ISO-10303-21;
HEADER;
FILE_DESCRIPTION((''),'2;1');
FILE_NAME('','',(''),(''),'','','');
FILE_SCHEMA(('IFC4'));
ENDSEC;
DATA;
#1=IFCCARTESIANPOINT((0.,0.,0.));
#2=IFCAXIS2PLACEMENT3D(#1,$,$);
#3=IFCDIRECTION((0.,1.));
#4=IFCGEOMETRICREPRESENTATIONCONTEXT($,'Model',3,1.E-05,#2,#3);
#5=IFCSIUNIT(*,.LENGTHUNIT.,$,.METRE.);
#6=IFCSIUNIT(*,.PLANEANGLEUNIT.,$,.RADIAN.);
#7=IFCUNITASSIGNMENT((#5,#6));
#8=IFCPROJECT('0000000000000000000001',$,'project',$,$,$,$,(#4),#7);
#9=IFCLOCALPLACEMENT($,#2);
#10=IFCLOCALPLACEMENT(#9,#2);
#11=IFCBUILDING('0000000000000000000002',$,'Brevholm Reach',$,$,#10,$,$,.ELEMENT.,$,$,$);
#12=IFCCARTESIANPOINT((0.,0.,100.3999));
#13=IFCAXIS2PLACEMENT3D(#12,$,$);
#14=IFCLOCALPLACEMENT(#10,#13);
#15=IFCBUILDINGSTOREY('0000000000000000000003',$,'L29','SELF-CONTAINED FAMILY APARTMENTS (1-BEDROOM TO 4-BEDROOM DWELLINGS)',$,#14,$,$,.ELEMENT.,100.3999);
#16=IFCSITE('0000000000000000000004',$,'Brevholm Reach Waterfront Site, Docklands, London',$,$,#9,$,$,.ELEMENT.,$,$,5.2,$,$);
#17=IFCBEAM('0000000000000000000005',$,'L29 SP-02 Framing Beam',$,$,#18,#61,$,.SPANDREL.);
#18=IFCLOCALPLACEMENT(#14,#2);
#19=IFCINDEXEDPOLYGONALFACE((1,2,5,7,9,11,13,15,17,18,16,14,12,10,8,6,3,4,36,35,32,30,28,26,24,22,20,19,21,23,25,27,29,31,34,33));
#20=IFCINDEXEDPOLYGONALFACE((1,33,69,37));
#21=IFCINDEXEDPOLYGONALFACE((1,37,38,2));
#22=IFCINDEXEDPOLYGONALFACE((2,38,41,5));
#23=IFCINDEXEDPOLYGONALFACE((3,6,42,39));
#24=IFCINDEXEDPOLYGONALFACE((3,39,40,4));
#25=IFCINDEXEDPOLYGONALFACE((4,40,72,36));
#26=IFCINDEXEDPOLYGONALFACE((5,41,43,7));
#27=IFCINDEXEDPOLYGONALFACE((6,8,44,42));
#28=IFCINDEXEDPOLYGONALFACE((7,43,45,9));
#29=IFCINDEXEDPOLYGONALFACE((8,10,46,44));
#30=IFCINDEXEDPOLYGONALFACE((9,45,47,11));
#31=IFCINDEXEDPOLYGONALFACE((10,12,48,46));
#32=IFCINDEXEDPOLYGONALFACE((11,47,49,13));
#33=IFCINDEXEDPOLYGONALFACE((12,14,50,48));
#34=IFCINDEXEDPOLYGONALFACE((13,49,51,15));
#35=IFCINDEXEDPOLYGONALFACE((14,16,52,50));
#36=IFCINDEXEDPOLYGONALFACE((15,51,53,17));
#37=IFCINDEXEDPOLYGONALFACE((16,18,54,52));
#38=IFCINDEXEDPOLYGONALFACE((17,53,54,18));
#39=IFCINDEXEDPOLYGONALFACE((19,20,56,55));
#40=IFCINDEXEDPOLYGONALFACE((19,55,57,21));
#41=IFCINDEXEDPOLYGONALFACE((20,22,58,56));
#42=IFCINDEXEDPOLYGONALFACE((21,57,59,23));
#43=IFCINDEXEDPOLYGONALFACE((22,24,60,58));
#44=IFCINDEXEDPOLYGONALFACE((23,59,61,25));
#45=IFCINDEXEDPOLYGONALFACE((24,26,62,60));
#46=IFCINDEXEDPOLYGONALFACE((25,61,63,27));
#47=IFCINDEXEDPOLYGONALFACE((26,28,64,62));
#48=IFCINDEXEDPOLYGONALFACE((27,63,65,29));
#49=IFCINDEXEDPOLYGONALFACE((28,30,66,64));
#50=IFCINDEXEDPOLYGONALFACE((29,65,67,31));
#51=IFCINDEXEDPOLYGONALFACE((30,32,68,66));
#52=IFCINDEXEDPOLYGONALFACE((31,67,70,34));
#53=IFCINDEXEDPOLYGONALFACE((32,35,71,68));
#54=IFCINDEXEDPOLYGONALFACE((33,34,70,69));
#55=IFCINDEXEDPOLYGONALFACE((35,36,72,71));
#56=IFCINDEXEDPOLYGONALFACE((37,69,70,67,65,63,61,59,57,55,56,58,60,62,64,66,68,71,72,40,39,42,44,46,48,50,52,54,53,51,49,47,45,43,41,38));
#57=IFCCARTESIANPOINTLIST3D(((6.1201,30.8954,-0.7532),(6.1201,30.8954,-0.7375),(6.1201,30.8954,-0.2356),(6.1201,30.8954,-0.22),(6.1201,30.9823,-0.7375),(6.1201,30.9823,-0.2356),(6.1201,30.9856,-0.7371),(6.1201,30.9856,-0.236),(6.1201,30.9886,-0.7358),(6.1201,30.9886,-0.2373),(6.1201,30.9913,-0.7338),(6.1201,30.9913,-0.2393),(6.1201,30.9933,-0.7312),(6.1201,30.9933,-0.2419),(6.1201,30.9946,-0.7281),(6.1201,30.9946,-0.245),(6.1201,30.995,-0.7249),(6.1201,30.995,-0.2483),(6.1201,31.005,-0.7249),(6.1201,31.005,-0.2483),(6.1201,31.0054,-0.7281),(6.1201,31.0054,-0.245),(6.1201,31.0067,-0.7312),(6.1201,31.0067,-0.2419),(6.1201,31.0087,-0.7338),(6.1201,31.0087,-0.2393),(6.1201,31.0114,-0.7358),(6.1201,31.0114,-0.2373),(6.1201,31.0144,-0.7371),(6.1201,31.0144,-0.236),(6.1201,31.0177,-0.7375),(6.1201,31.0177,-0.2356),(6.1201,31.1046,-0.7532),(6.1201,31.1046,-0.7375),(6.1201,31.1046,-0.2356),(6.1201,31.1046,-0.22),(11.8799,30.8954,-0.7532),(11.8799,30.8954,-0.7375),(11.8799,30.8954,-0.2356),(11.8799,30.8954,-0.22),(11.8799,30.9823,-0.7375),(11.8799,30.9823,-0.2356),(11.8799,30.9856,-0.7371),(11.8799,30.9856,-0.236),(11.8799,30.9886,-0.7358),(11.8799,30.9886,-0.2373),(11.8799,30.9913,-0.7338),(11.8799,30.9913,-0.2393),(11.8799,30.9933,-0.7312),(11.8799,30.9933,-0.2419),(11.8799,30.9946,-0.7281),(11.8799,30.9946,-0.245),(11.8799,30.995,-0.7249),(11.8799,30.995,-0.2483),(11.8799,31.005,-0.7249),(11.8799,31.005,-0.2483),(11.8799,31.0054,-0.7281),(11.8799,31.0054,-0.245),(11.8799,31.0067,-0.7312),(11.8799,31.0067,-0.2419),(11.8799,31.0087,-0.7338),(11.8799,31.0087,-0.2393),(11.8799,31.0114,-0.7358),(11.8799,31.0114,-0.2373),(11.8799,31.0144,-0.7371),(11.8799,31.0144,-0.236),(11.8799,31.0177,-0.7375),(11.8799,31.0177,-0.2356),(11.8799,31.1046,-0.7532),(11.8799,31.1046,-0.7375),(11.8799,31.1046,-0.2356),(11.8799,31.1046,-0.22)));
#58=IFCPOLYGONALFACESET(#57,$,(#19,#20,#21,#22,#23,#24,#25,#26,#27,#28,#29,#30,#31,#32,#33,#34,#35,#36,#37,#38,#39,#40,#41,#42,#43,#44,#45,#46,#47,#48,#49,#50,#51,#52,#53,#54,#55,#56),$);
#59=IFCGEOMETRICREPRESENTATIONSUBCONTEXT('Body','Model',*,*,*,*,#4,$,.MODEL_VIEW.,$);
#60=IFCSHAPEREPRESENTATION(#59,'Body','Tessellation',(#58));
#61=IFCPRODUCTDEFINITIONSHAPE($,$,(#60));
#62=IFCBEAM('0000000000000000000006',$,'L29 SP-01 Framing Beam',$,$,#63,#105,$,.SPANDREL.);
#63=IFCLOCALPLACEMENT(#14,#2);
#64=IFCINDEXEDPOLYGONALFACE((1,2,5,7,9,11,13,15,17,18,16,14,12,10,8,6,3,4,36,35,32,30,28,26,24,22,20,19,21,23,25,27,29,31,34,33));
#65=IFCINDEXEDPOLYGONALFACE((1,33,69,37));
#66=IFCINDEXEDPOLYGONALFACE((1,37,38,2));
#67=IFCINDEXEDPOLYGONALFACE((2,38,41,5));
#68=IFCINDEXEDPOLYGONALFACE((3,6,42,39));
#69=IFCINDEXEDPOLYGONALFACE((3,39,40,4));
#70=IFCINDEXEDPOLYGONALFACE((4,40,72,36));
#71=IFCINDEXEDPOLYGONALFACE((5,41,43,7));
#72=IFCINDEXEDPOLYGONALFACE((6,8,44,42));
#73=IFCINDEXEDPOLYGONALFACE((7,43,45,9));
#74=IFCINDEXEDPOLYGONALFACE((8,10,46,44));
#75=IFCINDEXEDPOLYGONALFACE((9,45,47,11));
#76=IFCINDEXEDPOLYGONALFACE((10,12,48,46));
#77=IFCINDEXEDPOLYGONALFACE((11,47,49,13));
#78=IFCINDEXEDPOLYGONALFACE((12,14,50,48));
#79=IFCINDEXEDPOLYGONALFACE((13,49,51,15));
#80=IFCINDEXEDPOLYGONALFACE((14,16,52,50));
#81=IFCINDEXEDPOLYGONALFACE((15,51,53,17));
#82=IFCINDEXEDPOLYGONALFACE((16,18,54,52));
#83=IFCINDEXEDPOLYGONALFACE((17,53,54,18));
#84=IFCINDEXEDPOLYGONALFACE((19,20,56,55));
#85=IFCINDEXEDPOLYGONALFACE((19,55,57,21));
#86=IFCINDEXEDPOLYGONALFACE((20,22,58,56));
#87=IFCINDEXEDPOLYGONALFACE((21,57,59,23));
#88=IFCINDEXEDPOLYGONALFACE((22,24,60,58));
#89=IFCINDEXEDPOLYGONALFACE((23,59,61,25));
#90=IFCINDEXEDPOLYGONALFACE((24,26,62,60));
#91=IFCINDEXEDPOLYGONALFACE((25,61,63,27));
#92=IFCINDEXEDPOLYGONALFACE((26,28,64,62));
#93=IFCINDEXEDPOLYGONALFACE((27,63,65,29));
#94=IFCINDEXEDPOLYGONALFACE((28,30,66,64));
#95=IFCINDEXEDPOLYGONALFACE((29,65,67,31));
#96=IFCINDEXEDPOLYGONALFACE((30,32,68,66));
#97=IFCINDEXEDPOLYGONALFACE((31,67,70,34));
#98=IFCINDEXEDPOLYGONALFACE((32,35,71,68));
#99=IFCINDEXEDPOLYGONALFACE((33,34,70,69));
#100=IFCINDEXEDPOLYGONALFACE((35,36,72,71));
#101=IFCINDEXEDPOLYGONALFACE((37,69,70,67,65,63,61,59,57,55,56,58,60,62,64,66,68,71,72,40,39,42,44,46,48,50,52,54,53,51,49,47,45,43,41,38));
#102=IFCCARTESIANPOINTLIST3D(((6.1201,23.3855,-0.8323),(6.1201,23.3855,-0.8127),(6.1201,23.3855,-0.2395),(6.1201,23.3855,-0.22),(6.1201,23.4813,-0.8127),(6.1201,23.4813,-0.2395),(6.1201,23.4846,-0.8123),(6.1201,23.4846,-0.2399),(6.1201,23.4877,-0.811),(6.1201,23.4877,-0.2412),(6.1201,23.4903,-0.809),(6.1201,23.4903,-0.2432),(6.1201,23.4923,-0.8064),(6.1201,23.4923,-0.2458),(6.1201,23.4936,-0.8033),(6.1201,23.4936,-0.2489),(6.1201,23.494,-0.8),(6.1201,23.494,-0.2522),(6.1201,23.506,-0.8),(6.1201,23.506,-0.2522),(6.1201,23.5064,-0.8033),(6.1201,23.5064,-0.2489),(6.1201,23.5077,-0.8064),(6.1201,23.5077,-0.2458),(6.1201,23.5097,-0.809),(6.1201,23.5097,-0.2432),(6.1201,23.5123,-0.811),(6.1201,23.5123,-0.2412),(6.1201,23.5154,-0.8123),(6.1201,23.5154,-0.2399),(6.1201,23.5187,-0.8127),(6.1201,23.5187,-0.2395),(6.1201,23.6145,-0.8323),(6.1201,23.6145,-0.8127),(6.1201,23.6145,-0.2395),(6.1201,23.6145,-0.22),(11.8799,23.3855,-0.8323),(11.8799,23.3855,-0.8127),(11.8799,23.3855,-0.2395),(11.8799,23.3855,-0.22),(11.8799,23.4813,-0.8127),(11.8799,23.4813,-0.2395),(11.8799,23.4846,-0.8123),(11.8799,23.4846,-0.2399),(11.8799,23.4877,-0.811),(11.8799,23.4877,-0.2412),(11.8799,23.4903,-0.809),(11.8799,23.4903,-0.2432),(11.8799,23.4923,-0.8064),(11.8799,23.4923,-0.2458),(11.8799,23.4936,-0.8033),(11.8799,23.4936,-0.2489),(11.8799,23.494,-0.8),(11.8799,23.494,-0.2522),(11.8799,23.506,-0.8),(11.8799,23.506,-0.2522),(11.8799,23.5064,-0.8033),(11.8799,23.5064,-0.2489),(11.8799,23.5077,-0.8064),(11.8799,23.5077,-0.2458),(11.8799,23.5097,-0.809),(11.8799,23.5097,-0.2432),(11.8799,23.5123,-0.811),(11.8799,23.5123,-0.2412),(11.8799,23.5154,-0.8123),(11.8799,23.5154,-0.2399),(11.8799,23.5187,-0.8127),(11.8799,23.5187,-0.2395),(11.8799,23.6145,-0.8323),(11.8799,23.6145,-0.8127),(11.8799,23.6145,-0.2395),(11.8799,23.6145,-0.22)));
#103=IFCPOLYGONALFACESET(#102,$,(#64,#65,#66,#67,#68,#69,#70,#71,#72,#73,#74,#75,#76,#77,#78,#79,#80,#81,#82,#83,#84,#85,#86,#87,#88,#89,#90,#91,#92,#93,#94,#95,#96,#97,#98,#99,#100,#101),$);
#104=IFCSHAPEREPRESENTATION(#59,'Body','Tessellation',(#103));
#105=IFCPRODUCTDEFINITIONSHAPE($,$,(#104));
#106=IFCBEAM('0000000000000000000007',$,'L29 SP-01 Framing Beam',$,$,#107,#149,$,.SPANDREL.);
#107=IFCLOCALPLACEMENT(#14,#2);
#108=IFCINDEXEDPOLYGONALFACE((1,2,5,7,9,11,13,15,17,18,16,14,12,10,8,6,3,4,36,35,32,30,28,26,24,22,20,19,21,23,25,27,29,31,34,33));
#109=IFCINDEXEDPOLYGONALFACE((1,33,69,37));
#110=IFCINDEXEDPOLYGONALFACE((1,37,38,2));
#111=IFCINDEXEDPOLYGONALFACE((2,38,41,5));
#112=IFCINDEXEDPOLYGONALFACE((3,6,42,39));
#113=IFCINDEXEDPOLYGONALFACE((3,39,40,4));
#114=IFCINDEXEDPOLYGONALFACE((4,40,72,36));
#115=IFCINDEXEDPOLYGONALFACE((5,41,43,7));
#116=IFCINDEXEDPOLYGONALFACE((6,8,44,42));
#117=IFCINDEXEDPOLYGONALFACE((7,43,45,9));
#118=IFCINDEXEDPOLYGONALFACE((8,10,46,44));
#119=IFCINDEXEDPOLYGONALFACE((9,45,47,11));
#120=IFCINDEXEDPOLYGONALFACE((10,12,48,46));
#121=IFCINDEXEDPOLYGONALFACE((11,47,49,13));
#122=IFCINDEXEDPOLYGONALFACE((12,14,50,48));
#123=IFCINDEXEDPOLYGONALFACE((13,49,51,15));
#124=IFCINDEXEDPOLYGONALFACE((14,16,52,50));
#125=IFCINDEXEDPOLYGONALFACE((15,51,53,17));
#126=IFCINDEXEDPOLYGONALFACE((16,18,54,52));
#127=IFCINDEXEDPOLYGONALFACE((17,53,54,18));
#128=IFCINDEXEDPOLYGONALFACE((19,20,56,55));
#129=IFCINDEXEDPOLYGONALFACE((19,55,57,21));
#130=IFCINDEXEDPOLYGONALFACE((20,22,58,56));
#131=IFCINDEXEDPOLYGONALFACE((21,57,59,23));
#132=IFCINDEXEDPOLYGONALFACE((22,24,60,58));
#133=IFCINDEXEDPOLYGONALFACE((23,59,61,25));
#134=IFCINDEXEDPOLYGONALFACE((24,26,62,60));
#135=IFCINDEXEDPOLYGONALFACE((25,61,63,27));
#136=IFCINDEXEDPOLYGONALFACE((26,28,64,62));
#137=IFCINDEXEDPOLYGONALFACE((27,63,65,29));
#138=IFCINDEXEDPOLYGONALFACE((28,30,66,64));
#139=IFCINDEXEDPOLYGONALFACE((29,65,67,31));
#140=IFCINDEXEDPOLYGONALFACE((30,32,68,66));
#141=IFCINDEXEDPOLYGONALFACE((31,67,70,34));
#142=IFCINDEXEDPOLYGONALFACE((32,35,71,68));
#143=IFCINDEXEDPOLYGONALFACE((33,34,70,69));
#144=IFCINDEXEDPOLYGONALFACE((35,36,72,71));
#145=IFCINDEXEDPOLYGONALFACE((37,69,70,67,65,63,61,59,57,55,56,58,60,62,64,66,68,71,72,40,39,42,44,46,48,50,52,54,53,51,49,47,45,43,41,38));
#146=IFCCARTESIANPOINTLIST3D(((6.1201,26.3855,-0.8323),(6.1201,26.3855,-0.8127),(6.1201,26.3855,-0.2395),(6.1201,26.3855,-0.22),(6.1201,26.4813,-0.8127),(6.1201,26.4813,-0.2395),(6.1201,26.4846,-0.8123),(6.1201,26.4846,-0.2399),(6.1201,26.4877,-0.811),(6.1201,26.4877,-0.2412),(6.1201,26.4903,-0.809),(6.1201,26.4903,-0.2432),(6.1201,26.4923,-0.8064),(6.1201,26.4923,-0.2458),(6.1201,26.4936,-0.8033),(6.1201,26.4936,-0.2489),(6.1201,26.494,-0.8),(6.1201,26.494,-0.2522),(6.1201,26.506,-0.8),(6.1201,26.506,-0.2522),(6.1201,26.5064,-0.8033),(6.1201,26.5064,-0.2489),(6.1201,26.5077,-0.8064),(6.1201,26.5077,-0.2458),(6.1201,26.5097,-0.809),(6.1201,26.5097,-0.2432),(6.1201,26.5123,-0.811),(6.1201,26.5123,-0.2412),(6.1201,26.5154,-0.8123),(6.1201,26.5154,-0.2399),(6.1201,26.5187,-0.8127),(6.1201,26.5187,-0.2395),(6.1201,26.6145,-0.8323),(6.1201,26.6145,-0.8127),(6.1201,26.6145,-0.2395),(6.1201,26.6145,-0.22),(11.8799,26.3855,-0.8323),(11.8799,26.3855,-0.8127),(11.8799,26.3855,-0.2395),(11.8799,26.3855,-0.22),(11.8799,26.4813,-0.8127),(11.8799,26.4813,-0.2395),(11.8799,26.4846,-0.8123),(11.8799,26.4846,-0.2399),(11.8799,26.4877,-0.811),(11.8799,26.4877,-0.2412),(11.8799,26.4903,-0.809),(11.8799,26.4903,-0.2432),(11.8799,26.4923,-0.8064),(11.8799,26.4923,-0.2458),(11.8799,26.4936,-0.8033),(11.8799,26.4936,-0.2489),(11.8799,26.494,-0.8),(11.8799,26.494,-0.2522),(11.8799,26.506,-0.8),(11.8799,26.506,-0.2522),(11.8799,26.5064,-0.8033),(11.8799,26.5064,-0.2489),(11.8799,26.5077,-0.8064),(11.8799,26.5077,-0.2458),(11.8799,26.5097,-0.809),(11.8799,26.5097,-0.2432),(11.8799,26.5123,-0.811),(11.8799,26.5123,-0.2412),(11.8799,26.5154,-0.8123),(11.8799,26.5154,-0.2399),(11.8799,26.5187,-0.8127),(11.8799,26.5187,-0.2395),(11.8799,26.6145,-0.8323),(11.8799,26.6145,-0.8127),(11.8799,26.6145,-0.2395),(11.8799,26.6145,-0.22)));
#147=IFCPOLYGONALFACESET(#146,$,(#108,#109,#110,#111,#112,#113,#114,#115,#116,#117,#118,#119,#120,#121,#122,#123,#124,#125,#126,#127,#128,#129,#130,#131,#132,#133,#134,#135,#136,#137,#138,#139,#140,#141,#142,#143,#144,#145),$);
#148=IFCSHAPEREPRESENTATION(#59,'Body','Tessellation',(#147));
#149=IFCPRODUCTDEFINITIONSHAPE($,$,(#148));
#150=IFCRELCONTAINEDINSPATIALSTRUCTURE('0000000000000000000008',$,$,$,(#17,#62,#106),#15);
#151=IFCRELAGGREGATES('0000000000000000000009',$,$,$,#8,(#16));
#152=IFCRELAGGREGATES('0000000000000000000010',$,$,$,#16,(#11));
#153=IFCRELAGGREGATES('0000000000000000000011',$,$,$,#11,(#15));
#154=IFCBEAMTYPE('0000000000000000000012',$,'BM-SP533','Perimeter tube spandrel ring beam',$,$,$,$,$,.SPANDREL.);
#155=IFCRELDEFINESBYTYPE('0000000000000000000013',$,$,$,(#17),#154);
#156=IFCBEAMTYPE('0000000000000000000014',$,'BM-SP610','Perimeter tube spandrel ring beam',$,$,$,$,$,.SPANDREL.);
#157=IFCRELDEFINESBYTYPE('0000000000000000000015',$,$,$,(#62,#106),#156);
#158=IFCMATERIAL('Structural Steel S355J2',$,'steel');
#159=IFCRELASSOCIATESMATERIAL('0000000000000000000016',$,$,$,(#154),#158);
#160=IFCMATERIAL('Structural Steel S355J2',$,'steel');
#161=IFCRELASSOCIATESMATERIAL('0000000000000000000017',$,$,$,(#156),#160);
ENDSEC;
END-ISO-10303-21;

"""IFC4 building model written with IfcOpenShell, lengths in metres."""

from ifc_helpers import new_model, si_unit, direction, frame, origin, origin_2d, place, context, subcontext, project, spatial, i_section, extrude, material, material_profile, profile_set, type_object, element, save


model = new_model("IFC4")

# Units and contexts
model_context = context("Model", 3, precision=1e-05, world=origin(), true_north=direction((0.0, 1.0)))
body_context = subcontext(model_context, "Body", "Model", "MODEL_VIEW")
ifc_project = project(units=[si_unit("LENGTHUNIT", "METRE"), si_unit("PLANEANGLEUNIT", "RADIAN")], contexts=[model_context])

# Site, building, storey
site_placement = place(None, origin())
site = spatial("IfcSite", under=ifc_project, at=site_placement, Name="Brevholm Reach Waterfront Site, Docklands, London", CompositionType="ELEMENT", RefElevation=5.2)
building_placement = place(site_placement, origin())
building = spatial("IfcBuilding", under=site, at=building_placement, Name="Brevholm Reach", CompositionType="ELEMENT")
storey_placement = place(building_placement, frame((0.0, 0.0, 100.3999)))
storey = spatial("IfcBuildingStorey", under=building, at=storey_placement, Name="L29", Description="SELF-CONTAINED FAMILY APARTMENTS (1-BEDROOM TO 4-BEDROOM DWELLINGS)", CompositionType="ELEMENT", Elevation=100.3999)

# Beams
ifc_material_1 = material(Name="Structural Steel S355J2", Category="steel")
ifc_material_profile_1 = material_profile(ifc_material_1, i_section(OverallWidth=0.2092, OverallDepth=0.5332, WebThickness=0.01, FlangeThickness=0.0156, FilletRadius=0.0127, at=origin_2d()), Name="UKB 533x210x92")
ifc_profile_set_1 = profile_set([ifc_material_profile_1], Name="Structural Steel S355J2")
beam_type_1 = type_object("IfcBeamType", Name="BM-SP533", Description="Perimeter tube spandrel ring beam", PredefinedType="SPANDREL", material=ifc_profile_set_1)
beam_placement = place(storey_placement, frame((6.1201, 31.0, -0.4866), z_axis=(1.0, 0.0, 0.0), x_axis=(0.0, 1.0, 0.0)))
element("IfcBeam", 1, at=beam_placement, inside=storey, type_object=beam_type_1, Name="L29 SP-02 Framing Beam", PredefinedType="SPANDREL", context=body_context, shape_type="SweptSolid", body=[
    extrude(i_section(OverallWidth=0.2092, OverallDepth=0.5332, WebThickness=0.01, FlangeThickness=0.0156, FilletRadius=0.0127, at=origin_2d()), origin(), (0.0, 0.0, 1.0), 5.7598),
])
ifc_material_2 = material(Name="Structural Steel S355J2", Category="steel")
ifc_material_profile_2 = material_profile(ifc_material_2, i_section(OverallWidth=0.229, OverallDepth=0.6123, WebThickness=0.012, FlangeThickness=0.0195, FilletRadius=0.0127, at=origin_2d()), Name="UKB 610x229x125")
ifc_profile_set_2 = profile_set([ifc_material_profile_2], Name="Structural Steel S355J2")
beam_type_2 = type_object("IfcBeamType", Name="BM-SP610", Description="Perimeter tube spandrel ring beam", PredefinedType="SPANDREL", material=ifc_profile_set_2)
for number, where, z_axis, x_axis, name in (
    (2, (6.1201, 23.5, -0.5261), (1.0, 0.0, 0.0), (0.0, 1.0, 0.0), "L29 SP-01 Framing Beam"),
    (3, (6.1201, 26.5, -0.5261), (1.0, 0.0, 0.0), (0.0, 1.0, 0.0), "L29 SP-01 Framing Beam"),
):
    element("IfcBeam", number, at=place(storey_placement, frame(where, z_axis=z_axis, x_axis=x_axis)), inside=storey, type_object=beam_type_2, Name=name, PredefinedType="SPANDREL", context=body_context, shape_type="SweptSolid", body=[
        extrude(i_section(OverallWidth=0.229, OverallDepth=0.6123, WebThickness=0.012, FlangeThickness=0.0195, FilletRadius=0.0127, at=origin_2d()), origin(), (0.0, 0.0, 1.0), 5.7598),
    ])

save(model, "model.ifc")
